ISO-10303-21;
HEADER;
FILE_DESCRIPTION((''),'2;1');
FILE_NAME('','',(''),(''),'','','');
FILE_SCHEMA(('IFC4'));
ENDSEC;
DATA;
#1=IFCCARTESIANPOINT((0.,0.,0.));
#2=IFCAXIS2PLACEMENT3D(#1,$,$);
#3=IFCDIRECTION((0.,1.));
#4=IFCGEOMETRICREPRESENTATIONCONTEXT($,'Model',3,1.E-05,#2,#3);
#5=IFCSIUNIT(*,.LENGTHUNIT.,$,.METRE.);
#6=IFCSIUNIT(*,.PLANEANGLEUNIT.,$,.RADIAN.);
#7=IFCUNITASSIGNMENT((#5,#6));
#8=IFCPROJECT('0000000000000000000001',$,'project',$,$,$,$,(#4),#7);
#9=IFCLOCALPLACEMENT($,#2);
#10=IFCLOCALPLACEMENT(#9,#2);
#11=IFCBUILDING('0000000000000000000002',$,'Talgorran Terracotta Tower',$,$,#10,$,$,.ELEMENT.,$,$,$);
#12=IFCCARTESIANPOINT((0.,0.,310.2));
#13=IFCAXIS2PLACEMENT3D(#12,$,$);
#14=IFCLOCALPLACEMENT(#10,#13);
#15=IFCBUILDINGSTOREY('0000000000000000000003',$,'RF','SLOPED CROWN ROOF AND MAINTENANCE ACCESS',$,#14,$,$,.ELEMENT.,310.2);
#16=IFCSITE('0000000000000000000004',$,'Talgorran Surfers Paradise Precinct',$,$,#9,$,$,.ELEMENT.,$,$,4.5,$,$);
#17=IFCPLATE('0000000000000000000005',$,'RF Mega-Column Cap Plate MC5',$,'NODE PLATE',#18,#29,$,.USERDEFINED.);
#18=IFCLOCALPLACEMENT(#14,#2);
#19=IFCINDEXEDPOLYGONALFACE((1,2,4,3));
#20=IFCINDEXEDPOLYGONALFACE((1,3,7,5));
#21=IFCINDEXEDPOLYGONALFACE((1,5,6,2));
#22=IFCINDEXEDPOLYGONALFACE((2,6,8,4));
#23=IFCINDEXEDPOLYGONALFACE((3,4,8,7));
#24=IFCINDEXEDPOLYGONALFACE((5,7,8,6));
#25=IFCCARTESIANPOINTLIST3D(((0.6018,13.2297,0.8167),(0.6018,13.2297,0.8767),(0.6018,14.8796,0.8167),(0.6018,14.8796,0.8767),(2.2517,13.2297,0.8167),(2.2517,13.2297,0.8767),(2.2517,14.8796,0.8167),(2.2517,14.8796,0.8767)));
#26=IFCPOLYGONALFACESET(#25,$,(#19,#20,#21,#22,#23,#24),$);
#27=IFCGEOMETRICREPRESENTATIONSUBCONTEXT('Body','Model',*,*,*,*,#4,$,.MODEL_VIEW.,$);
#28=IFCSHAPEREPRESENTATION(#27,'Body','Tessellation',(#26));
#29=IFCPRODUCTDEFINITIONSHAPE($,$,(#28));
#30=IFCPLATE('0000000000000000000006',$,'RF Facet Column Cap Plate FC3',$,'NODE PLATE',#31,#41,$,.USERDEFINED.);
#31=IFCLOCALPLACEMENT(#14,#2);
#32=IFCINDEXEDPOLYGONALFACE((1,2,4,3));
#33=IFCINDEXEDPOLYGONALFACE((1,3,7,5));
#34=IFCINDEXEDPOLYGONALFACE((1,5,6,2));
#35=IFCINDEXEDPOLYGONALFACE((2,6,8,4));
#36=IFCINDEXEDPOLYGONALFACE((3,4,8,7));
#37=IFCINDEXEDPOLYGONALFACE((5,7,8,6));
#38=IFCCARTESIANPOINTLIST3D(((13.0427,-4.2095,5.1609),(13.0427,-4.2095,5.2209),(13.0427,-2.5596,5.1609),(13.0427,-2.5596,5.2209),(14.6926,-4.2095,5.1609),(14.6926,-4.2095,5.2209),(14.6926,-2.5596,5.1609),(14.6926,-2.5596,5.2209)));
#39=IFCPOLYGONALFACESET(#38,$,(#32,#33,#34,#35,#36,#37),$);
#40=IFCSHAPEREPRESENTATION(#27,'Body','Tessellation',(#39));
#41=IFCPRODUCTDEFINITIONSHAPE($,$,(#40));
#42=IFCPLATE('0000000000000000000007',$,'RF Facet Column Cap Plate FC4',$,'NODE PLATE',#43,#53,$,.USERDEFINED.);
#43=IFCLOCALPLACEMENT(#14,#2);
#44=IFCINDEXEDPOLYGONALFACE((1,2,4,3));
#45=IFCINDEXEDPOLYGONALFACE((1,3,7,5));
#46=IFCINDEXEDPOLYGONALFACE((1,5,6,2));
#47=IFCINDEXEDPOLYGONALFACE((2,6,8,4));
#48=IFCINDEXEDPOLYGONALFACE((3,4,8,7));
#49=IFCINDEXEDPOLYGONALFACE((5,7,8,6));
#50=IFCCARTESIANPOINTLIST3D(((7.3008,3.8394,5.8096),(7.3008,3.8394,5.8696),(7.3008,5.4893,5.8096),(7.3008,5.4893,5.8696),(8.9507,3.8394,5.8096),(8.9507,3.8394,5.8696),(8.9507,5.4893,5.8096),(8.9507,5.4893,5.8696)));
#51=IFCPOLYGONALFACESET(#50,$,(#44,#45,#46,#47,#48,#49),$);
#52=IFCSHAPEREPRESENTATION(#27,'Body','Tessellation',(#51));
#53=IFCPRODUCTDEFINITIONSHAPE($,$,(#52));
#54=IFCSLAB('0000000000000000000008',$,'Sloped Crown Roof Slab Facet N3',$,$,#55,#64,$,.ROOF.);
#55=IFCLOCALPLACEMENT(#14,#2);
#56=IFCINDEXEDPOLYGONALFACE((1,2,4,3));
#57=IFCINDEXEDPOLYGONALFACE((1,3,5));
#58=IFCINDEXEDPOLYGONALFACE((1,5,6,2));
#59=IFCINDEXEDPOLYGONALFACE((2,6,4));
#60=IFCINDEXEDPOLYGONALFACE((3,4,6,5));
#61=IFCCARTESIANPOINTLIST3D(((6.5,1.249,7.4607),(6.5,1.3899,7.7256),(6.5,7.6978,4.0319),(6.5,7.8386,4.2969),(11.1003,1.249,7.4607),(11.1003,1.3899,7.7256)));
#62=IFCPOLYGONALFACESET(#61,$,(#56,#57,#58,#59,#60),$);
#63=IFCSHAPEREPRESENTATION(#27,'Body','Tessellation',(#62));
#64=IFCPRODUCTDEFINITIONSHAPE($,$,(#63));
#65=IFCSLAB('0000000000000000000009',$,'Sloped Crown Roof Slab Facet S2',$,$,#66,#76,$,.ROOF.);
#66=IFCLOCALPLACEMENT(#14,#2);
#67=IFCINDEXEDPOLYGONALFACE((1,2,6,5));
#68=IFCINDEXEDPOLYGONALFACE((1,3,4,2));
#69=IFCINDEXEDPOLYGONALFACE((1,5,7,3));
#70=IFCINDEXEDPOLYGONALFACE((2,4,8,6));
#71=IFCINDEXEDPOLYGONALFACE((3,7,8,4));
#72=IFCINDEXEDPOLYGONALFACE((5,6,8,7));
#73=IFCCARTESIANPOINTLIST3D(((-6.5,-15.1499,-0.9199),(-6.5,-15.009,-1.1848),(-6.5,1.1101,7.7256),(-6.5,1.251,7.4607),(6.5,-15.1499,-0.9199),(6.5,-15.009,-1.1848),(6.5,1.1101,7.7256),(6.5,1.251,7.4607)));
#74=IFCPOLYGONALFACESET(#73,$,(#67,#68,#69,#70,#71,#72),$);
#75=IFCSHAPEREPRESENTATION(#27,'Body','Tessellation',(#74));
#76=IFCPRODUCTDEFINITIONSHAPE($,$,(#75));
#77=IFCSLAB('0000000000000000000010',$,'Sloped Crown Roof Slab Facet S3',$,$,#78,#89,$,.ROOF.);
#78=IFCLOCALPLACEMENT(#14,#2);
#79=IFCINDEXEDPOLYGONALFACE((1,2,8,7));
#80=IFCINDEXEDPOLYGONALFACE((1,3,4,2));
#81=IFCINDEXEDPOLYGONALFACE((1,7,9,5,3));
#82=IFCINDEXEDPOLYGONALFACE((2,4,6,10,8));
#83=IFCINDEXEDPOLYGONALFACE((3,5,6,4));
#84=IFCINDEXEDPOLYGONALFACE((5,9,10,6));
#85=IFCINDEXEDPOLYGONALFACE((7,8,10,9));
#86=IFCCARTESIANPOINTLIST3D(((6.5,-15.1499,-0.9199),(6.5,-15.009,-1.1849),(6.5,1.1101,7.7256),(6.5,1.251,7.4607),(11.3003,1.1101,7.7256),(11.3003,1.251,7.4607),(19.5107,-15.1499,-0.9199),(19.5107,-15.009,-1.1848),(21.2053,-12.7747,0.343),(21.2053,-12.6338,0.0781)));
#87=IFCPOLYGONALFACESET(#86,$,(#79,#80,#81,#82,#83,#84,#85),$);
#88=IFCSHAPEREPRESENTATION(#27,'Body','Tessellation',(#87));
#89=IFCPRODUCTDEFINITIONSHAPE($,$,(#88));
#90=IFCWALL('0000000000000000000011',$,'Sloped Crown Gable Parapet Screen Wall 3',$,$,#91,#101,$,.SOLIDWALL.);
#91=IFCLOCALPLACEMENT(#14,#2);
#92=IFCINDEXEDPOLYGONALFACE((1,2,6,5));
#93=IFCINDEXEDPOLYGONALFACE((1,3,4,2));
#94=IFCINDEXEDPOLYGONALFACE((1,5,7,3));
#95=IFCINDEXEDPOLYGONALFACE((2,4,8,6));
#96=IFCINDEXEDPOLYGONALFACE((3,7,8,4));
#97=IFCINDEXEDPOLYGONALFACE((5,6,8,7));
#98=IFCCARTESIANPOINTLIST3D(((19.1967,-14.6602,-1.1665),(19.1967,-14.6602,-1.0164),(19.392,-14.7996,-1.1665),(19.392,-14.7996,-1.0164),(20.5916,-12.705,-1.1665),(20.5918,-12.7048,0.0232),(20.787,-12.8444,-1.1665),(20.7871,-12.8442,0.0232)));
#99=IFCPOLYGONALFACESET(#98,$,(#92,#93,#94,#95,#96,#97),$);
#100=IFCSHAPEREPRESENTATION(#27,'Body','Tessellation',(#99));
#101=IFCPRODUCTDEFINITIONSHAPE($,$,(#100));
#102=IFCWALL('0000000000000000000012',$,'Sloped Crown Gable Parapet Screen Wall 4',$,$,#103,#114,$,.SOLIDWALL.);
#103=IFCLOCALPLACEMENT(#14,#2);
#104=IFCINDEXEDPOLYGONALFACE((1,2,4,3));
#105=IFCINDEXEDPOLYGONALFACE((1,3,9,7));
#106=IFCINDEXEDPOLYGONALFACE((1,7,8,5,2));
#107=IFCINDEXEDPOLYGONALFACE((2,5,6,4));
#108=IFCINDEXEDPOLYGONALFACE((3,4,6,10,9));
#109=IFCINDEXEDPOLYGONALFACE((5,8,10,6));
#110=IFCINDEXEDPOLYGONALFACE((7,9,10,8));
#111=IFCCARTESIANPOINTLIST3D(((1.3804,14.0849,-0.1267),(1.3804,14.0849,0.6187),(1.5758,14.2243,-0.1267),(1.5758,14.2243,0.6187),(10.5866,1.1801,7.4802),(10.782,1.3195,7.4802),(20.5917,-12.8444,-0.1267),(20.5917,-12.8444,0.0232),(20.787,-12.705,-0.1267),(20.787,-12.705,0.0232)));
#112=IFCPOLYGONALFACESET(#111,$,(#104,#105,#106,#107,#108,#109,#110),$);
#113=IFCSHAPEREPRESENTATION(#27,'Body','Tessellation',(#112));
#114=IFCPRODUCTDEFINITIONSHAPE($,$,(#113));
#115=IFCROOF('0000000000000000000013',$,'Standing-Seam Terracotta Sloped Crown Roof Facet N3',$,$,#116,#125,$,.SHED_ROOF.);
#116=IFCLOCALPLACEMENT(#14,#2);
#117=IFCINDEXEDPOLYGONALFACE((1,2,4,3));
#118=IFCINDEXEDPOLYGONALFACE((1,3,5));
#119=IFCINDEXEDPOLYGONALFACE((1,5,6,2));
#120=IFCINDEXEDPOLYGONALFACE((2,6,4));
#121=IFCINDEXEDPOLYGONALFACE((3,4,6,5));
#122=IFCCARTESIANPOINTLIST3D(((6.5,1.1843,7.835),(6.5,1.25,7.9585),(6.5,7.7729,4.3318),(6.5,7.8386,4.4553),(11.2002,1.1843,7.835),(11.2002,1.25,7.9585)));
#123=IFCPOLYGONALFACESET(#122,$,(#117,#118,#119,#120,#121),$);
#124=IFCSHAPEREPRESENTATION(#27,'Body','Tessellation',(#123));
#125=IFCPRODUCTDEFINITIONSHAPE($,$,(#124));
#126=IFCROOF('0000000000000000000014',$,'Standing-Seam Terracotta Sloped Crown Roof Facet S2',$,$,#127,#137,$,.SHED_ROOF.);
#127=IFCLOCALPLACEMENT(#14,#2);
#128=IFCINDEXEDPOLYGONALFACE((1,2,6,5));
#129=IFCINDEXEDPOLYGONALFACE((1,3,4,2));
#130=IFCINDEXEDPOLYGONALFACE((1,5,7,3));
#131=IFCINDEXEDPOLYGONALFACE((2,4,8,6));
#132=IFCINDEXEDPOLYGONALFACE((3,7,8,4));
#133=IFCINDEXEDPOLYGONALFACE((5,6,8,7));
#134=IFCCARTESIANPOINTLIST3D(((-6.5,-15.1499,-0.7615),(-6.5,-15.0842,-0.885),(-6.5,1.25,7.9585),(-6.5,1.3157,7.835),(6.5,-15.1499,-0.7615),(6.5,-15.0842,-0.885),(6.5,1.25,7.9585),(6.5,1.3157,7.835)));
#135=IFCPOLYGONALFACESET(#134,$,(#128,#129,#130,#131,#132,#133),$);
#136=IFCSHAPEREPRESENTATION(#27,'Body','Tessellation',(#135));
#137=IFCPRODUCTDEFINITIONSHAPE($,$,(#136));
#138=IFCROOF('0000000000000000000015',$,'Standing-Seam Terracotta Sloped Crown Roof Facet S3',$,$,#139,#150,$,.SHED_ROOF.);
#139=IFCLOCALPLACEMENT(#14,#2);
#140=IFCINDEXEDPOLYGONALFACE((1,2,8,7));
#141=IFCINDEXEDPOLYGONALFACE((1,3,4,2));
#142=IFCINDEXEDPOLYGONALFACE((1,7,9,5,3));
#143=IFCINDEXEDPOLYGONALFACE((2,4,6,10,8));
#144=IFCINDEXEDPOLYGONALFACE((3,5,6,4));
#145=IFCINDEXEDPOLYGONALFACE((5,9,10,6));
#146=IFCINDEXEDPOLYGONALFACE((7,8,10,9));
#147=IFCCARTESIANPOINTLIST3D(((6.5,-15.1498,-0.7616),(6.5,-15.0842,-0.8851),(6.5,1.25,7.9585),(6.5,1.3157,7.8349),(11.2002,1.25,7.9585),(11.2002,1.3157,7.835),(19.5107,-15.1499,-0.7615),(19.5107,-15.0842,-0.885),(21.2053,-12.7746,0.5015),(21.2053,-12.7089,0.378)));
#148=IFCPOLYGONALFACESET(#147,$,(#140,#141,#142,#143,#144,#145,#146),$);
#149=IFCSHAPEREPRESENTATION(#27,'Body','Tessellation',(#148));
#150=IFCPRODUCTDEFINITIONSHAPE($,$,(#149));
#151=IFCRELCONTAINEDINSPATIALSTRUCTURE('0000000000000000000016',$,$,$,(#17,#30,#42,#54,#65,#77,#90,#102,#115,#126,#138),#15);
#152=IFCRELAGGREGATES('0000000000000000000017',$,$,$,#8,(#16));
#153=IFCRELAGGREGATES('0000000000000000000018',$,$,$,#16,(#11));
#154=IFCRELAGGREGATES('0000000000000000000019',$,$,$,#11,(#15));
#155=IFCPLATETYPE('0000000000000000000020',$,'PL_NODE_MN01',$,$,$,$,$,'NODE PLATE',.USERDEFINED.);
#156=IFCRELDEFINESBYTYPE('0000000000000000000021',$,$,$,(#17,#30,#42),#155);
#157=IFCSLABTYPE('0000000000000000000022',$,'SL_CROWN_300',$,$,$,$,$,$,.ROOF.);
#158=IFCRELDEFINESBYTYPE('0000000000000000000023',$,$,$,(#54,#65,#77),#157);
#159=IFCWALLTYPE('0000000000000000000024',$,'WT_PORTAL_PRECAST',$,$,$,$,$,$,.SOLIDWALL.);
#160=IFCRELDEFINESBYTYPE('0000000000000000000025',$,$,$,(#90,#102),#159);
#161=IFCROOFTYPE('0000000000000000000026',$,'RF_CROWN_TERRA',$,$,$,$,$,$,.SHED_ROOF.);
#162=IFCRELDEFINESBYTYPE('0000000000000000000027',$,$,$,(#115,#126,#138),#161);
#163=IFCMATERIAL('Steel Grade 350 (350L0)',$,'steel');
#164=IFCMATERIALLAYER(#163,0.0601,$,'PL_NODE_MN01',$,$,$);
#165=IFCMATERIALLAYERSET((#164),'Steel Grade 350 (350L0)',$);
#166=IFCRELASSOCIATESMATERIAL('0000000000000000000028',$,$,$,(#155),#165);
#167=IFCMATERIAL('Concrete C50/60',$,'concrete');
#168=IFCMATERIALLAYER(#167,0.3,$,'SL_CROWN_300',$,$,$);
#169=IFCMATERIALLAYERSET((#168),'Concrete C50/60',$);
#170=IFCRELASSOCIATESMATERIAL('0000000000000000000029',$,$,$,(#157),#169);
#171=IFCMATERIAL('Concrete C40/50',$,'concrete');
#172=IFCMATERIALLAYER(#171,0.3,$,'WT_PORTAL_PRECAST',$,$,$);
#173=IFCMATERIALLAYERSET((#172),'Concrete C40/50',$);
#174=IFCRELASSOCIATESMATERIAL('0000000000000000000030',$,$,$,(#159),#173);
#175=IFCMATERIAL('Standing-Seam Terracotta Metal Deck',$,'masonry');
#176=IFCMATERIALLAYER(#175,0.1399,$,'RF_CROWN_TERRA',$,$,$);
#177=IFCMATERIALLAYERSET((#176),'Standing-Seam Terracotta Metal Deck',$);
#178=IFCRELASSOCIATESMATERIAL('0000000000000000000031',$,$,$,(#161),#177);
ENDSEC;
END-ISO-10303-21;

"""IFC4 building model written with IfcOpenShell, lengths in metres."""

from ifc_helpers import new_model, si_unit, direction, frame, origin, origin_2d, place, context, subcontext, project, spatial, polyline, rectangle, outline, extrude, material, layer, layer_set, type_object, element, save


model = new_model("IFC4")

# Units and contexts
model_context = context("Model", 3, precision=1e-05, world=origin(), true_north=direction((0.0, 1.0)))
body_context = subcontext(model_context, "Body", "Model", "MODEL_VIEW")
ifc_project = project(units=[si_unit("LENGTHUNIT", "METRE"), si_unit("PLANEANGLEUNIT", "RADIAN")], contexts=[model_context])

# Site, building, storey
site_placement = place(None, origin())
site = spatial("IfcSite", under=ifc_project, at=site_placement, Name="Talgorran Surfers Paradise Precinct", CompositionType="ELEMENT", RefElevation=4.5)
building_placement = place(site_placement, origin())
building = spatial("IfcBuilding", under=site, at=building_placement, Name="Talgorran Terracotta Tower", CompositionType="ELEMENT")
storey_placement = place(building_placement, frame((0.0, 0.0, 310.2)))
storey = spatial("IfcBuildingStorey", under=building, at=storey_placement, Name="RF", Description="SLOPED CROWN ROOF AND MAINTENANCE ACCESS", CompositionType="ELEMENT", Elevation=310.2)

# Shared definitions
ifc_material_1 = material(Name="Steel Grade 350 (350L0)", Category="steel")

# Plates
ifc_layer_1 = layer(ifc_material_1, 0.0601, Name="PL_NODE_MN01")
ifc_layer_set_1 = layer_set([ifc_layer_1], Name="Steel Grade 350 (350L0)")
plate_type_1 = type_object("IfcPlateType", Name="PL_NODE_MN01", ElementType="NODE PLATE", PredefinedType="USERDEFINED", material=ifc_layer_set_1)
for number, where, z_axis, x_axis, name in (
    (1, (1.4268, 14.0547, 0.8167), (0.0, 0.0, 1.0), (1.0, 0.0, 0.0), "RF Mega-Column Cap Plate MC5"),
    (2, (13.8677, -3.3845, 5.1609), (0.0, 0.0, 1.0), (1.0, 0.0, 0.0), "RF Facet Column Cap Plate FC3"),
    (3, (8.1257, 4.6643, 5.8096), (0.0, 0.0, 1.0), (1.0, 0.0, 0.0), "RF Facet Column Cap Plate FC4"),
):
    element("IfcPlate", number, at=place(storey_placement, frame(where, z_axis=z_axis, x_axis=x_axis)), inside=storey, type_object=plate_type_1, Name=name, ObjectType="NODE PLATE", PredefinedType="USERDEFINED", context=body_context, shape_type="SweptSolid", body=[
        extrude(rectangle(XDim=1.6499, YDim=1.6499, at=origin_2d()), origin(), (0.0, 0.0, 1.0), 0.0601),
    ])

# Slabs
ifc_material_2 = material(Name="Concrete C50/60", Category="concrete")
ifc_layer_2 = layer(ifc_material_2, 0.3, Name="SL_CROWN_300")
ifc_layer_set_2 = layer_set([ifc_layer_2], Name="Concrete C50/60")
slab_type = type_object("IfcSlabType", Name="SL_CROWN_300", PredefinedType="ROOF", material=ifc_layer_set_2)
slab_1_placement = place(storey_placement, frame((6.5, 7.8386, 4.2969), z_axis=(0.0, 0.469457, 0.882956), x_axis=(0.0, -0.882956, 0.469457)))
element("IfcSlab", 4, at=slab_1_placement, inside=storey, type_object=slab_type, Name="Sloped Crown Roof Slab Facet N3", PredefinedType="ROOF", context=body_context, shape_type="SweptSolid", body=[
    extrude(outline(polyline([(0.0, 0.0), (7.3036, 0.0), (7.3036, 4.6003), (0.0, 0.0)])), origin(), (0.0, 0.0, -1.0), 0.3),
])
slab_2_placement = place(storey_placement, frame((6.5, -15.1499, -0.9199), z_axis=(0.0, -0.469468, 0.88295), x_axis=(0.0, 0.88295, 0.469468)))
element("IfcSlab", 5, at=slab_2_placement, inside=storey, type_object=slab_type, Name="Sloped Crown Roof Slab Facet S2", PredefinedType="ROOF", context=body_context, shape_type="SweptSolid", body=[
    extrude(outline(polyline([(0.0, 0.0), (18.4156, 0.0), (18.4156, 13.0), (0.0, 13.0), (0.0, 0.0)])), origin(), (0.0, 0.0, -1.0), 0.3),
])
slab_3_placement = place(storey_placement, frame((11.3003, 1.1101, 7.7256), z_axis=(-0.000001, -0.469468, 0.88295), x_axis=(-1.0, 0.0, -0.000001)))
element("IfcSlab", 6, at=slab_3_placement, inside=storey, type_object=slab_type, Name="Sloped Crown Roof Slab Facet S3", PredefinedType="ROOF", context=body_context, shape_type="SweptSolid", body=[
    extrude(outline(polyline([(0.0, 0.0), (4.8003, 0.0), (4.8003, 18.4156), (-8.2104, 18.4156), (-9.905, 15.7254), (0.0, 0.0)])), origin(), (0.0, 0.0, -1.0), 0.3),
])

# Walls
ifc_material_3 = material(Name="Concrete C40/50", Category="concrete")
ifc_layer_3 = layer(ifc_material_3, 0.3, Name="WT_PORTAL_PRECAST")
ifc_layer_set_3 = layer_set([ifc_layer_3], Name="Concrete C40/50")
wall_type = type_object("IfcWallType", Name="WT_PORTAL_PRECAST", PredefinedType="SOLIDWALL", material=ifc_layer_set_3)
wall_1_placement = place(storey_placement, frame((19.2944, -14.73, -1.1665), z_axis=(0.0, 0.0, 1.0), x_axis=(0.580786, 0.814056, 0.0)))
element("IfcWall", 7, at=wall_1_placement, inside=storey, type_object=wall_type, Name="Sloped Crown Gable Parapet Screen Wall 3", PredefinedType="SOLIDWALL", context=body_context, shape_type="SweptSolid", body=[
    extrude(outline(polyline([(0.0, 0.0), (2.4019, 0.0), (2.4021, 1.1897), (0.0, 0.1501), (0.0, 0.0)])), frame((0.0, 0.1201, 0.0), z_axis=(0.0, -1.0, 0.0), x_axis=(1.0, 0.0, 0.0)), (0.0, 0.0, 1.0), 0.24),
])
wall_2_placement = place(storey_placement, frame((20.6895, -12.7747, -0.1267), z_axis=(0.0, 0.0, 1.0), x_axis=(-0.580758, 0.814076, 0.0)))
element("IfcWall", 8, at=wall_2_placement, inside=storey, type_object=wall_type, Name="Sloped Crown Gable Parapet Screen Wall 4", PredefinedType="SOLIDWALL", context=body_context, shape_type="SweptSolid", body=[
    extrude(outline(polyline([(0.0, 0.0), (33.0796, 0.0), (33.0796, 0.7454), (17.2275, 7.6069), (0.0, 0.1499), (0.0, 0.0)])), frame((0.0, 0.1201, 0.0), z_axis=(0.0, -1.0, 0.0), x_axis=(1.0, 0.0, 0.0)), (0.0, 0.0, 1.0), 0.24),
])

# Roofs
ifc_material_4 = material(Name="Standing-Seam Terracotta Metal Deck", Category="masonry")
ifc_layer_4 = layer(ifc_material_4, 0.1399, Name="RF_CROWN_TERRA")
ifc_layer_set_4 = layer_set([ifc_layer_4], Name="Standing-Seam Terracotta Metal Deck")
roof_type = type_object("IfcRoofType", Name="RF_CROWN_TERRA", PredefinedType="SHED_ROOF", material=ifc_layer_set_4)
roof_1_placement = place(storey_placement, frame((6.5, 7.8386, 4.4553), z_axis=(0.0, 0.469465, 0.882951), x_axis=(0.0, -0.882951, 0.469465)))
element("IfcRoof", 9, at=roof_1_placement, inside=storey, type_object=roof_type, Name="Standing-Seam Terracotta Sloped Crown Roof Facet N3", PredefinedType="SHED_ROOF", context=body_context, shape_type="SweptSolid", body=[
    extrude(outline(polyline([(0.0, 0.0), (7.462, 0.0), (7.462, 4.7002), (0.0, 0.0)])), origin(), (0.0, 0.0, -1.0), 0.1399),
])
roof_2_placement = place(storey_placement, frame((6.5, -15.1499, -0.7615), z_axis=(0.0, -0.469471, 0.882948), x_axis=(0.0, 0.882948, 0.469471)))
element("IfcRoof", 10, at=roof_2_placement, inside=storey, type_object=roof_type, Name="Standing-Seam Terracotta Sloped Crown Roof Facet S2", PredefinedType="SHED_ROOF", context=body_context, shape_type="SweptSolid", body=[
    extrude(outline(polyline([(0.0, 0.0), (18.574, 0.0), (18.574, 13.0), (0.0, 13.0), (0.0, 0.0)])), origin(), (0.0, 0.0, -1.0), 0.1399),
])
roof_3_placement = place(storey_placement, frame((11.2002, 1.25, 7.9585), z_axis=(-0.000011, -0.469475, 0.882946), x_axis=(-1.0, 0.000005, -0.000009)))
element("IfcRoof", 11, at=roof_3_placement, inside=storey, type_object=roof_type, Name="Standing-Seam Terracotta Sloped Crown Roof Facet S3", PredefinedType="SHED_ROOF", context=body_context, shape_type="SweptSolid", body=[
    extrude(outline(polyline([(0.0, 0.0), (4.7002, 0.0), (4.7002, 18.574), (-8.3105, 18.574), (-10.0051, 15.8838), (0.0, 0.0)])), origin(), (0.0, 0.0, -1.0), 0.1399),
])

save(model, "model.ifc")
